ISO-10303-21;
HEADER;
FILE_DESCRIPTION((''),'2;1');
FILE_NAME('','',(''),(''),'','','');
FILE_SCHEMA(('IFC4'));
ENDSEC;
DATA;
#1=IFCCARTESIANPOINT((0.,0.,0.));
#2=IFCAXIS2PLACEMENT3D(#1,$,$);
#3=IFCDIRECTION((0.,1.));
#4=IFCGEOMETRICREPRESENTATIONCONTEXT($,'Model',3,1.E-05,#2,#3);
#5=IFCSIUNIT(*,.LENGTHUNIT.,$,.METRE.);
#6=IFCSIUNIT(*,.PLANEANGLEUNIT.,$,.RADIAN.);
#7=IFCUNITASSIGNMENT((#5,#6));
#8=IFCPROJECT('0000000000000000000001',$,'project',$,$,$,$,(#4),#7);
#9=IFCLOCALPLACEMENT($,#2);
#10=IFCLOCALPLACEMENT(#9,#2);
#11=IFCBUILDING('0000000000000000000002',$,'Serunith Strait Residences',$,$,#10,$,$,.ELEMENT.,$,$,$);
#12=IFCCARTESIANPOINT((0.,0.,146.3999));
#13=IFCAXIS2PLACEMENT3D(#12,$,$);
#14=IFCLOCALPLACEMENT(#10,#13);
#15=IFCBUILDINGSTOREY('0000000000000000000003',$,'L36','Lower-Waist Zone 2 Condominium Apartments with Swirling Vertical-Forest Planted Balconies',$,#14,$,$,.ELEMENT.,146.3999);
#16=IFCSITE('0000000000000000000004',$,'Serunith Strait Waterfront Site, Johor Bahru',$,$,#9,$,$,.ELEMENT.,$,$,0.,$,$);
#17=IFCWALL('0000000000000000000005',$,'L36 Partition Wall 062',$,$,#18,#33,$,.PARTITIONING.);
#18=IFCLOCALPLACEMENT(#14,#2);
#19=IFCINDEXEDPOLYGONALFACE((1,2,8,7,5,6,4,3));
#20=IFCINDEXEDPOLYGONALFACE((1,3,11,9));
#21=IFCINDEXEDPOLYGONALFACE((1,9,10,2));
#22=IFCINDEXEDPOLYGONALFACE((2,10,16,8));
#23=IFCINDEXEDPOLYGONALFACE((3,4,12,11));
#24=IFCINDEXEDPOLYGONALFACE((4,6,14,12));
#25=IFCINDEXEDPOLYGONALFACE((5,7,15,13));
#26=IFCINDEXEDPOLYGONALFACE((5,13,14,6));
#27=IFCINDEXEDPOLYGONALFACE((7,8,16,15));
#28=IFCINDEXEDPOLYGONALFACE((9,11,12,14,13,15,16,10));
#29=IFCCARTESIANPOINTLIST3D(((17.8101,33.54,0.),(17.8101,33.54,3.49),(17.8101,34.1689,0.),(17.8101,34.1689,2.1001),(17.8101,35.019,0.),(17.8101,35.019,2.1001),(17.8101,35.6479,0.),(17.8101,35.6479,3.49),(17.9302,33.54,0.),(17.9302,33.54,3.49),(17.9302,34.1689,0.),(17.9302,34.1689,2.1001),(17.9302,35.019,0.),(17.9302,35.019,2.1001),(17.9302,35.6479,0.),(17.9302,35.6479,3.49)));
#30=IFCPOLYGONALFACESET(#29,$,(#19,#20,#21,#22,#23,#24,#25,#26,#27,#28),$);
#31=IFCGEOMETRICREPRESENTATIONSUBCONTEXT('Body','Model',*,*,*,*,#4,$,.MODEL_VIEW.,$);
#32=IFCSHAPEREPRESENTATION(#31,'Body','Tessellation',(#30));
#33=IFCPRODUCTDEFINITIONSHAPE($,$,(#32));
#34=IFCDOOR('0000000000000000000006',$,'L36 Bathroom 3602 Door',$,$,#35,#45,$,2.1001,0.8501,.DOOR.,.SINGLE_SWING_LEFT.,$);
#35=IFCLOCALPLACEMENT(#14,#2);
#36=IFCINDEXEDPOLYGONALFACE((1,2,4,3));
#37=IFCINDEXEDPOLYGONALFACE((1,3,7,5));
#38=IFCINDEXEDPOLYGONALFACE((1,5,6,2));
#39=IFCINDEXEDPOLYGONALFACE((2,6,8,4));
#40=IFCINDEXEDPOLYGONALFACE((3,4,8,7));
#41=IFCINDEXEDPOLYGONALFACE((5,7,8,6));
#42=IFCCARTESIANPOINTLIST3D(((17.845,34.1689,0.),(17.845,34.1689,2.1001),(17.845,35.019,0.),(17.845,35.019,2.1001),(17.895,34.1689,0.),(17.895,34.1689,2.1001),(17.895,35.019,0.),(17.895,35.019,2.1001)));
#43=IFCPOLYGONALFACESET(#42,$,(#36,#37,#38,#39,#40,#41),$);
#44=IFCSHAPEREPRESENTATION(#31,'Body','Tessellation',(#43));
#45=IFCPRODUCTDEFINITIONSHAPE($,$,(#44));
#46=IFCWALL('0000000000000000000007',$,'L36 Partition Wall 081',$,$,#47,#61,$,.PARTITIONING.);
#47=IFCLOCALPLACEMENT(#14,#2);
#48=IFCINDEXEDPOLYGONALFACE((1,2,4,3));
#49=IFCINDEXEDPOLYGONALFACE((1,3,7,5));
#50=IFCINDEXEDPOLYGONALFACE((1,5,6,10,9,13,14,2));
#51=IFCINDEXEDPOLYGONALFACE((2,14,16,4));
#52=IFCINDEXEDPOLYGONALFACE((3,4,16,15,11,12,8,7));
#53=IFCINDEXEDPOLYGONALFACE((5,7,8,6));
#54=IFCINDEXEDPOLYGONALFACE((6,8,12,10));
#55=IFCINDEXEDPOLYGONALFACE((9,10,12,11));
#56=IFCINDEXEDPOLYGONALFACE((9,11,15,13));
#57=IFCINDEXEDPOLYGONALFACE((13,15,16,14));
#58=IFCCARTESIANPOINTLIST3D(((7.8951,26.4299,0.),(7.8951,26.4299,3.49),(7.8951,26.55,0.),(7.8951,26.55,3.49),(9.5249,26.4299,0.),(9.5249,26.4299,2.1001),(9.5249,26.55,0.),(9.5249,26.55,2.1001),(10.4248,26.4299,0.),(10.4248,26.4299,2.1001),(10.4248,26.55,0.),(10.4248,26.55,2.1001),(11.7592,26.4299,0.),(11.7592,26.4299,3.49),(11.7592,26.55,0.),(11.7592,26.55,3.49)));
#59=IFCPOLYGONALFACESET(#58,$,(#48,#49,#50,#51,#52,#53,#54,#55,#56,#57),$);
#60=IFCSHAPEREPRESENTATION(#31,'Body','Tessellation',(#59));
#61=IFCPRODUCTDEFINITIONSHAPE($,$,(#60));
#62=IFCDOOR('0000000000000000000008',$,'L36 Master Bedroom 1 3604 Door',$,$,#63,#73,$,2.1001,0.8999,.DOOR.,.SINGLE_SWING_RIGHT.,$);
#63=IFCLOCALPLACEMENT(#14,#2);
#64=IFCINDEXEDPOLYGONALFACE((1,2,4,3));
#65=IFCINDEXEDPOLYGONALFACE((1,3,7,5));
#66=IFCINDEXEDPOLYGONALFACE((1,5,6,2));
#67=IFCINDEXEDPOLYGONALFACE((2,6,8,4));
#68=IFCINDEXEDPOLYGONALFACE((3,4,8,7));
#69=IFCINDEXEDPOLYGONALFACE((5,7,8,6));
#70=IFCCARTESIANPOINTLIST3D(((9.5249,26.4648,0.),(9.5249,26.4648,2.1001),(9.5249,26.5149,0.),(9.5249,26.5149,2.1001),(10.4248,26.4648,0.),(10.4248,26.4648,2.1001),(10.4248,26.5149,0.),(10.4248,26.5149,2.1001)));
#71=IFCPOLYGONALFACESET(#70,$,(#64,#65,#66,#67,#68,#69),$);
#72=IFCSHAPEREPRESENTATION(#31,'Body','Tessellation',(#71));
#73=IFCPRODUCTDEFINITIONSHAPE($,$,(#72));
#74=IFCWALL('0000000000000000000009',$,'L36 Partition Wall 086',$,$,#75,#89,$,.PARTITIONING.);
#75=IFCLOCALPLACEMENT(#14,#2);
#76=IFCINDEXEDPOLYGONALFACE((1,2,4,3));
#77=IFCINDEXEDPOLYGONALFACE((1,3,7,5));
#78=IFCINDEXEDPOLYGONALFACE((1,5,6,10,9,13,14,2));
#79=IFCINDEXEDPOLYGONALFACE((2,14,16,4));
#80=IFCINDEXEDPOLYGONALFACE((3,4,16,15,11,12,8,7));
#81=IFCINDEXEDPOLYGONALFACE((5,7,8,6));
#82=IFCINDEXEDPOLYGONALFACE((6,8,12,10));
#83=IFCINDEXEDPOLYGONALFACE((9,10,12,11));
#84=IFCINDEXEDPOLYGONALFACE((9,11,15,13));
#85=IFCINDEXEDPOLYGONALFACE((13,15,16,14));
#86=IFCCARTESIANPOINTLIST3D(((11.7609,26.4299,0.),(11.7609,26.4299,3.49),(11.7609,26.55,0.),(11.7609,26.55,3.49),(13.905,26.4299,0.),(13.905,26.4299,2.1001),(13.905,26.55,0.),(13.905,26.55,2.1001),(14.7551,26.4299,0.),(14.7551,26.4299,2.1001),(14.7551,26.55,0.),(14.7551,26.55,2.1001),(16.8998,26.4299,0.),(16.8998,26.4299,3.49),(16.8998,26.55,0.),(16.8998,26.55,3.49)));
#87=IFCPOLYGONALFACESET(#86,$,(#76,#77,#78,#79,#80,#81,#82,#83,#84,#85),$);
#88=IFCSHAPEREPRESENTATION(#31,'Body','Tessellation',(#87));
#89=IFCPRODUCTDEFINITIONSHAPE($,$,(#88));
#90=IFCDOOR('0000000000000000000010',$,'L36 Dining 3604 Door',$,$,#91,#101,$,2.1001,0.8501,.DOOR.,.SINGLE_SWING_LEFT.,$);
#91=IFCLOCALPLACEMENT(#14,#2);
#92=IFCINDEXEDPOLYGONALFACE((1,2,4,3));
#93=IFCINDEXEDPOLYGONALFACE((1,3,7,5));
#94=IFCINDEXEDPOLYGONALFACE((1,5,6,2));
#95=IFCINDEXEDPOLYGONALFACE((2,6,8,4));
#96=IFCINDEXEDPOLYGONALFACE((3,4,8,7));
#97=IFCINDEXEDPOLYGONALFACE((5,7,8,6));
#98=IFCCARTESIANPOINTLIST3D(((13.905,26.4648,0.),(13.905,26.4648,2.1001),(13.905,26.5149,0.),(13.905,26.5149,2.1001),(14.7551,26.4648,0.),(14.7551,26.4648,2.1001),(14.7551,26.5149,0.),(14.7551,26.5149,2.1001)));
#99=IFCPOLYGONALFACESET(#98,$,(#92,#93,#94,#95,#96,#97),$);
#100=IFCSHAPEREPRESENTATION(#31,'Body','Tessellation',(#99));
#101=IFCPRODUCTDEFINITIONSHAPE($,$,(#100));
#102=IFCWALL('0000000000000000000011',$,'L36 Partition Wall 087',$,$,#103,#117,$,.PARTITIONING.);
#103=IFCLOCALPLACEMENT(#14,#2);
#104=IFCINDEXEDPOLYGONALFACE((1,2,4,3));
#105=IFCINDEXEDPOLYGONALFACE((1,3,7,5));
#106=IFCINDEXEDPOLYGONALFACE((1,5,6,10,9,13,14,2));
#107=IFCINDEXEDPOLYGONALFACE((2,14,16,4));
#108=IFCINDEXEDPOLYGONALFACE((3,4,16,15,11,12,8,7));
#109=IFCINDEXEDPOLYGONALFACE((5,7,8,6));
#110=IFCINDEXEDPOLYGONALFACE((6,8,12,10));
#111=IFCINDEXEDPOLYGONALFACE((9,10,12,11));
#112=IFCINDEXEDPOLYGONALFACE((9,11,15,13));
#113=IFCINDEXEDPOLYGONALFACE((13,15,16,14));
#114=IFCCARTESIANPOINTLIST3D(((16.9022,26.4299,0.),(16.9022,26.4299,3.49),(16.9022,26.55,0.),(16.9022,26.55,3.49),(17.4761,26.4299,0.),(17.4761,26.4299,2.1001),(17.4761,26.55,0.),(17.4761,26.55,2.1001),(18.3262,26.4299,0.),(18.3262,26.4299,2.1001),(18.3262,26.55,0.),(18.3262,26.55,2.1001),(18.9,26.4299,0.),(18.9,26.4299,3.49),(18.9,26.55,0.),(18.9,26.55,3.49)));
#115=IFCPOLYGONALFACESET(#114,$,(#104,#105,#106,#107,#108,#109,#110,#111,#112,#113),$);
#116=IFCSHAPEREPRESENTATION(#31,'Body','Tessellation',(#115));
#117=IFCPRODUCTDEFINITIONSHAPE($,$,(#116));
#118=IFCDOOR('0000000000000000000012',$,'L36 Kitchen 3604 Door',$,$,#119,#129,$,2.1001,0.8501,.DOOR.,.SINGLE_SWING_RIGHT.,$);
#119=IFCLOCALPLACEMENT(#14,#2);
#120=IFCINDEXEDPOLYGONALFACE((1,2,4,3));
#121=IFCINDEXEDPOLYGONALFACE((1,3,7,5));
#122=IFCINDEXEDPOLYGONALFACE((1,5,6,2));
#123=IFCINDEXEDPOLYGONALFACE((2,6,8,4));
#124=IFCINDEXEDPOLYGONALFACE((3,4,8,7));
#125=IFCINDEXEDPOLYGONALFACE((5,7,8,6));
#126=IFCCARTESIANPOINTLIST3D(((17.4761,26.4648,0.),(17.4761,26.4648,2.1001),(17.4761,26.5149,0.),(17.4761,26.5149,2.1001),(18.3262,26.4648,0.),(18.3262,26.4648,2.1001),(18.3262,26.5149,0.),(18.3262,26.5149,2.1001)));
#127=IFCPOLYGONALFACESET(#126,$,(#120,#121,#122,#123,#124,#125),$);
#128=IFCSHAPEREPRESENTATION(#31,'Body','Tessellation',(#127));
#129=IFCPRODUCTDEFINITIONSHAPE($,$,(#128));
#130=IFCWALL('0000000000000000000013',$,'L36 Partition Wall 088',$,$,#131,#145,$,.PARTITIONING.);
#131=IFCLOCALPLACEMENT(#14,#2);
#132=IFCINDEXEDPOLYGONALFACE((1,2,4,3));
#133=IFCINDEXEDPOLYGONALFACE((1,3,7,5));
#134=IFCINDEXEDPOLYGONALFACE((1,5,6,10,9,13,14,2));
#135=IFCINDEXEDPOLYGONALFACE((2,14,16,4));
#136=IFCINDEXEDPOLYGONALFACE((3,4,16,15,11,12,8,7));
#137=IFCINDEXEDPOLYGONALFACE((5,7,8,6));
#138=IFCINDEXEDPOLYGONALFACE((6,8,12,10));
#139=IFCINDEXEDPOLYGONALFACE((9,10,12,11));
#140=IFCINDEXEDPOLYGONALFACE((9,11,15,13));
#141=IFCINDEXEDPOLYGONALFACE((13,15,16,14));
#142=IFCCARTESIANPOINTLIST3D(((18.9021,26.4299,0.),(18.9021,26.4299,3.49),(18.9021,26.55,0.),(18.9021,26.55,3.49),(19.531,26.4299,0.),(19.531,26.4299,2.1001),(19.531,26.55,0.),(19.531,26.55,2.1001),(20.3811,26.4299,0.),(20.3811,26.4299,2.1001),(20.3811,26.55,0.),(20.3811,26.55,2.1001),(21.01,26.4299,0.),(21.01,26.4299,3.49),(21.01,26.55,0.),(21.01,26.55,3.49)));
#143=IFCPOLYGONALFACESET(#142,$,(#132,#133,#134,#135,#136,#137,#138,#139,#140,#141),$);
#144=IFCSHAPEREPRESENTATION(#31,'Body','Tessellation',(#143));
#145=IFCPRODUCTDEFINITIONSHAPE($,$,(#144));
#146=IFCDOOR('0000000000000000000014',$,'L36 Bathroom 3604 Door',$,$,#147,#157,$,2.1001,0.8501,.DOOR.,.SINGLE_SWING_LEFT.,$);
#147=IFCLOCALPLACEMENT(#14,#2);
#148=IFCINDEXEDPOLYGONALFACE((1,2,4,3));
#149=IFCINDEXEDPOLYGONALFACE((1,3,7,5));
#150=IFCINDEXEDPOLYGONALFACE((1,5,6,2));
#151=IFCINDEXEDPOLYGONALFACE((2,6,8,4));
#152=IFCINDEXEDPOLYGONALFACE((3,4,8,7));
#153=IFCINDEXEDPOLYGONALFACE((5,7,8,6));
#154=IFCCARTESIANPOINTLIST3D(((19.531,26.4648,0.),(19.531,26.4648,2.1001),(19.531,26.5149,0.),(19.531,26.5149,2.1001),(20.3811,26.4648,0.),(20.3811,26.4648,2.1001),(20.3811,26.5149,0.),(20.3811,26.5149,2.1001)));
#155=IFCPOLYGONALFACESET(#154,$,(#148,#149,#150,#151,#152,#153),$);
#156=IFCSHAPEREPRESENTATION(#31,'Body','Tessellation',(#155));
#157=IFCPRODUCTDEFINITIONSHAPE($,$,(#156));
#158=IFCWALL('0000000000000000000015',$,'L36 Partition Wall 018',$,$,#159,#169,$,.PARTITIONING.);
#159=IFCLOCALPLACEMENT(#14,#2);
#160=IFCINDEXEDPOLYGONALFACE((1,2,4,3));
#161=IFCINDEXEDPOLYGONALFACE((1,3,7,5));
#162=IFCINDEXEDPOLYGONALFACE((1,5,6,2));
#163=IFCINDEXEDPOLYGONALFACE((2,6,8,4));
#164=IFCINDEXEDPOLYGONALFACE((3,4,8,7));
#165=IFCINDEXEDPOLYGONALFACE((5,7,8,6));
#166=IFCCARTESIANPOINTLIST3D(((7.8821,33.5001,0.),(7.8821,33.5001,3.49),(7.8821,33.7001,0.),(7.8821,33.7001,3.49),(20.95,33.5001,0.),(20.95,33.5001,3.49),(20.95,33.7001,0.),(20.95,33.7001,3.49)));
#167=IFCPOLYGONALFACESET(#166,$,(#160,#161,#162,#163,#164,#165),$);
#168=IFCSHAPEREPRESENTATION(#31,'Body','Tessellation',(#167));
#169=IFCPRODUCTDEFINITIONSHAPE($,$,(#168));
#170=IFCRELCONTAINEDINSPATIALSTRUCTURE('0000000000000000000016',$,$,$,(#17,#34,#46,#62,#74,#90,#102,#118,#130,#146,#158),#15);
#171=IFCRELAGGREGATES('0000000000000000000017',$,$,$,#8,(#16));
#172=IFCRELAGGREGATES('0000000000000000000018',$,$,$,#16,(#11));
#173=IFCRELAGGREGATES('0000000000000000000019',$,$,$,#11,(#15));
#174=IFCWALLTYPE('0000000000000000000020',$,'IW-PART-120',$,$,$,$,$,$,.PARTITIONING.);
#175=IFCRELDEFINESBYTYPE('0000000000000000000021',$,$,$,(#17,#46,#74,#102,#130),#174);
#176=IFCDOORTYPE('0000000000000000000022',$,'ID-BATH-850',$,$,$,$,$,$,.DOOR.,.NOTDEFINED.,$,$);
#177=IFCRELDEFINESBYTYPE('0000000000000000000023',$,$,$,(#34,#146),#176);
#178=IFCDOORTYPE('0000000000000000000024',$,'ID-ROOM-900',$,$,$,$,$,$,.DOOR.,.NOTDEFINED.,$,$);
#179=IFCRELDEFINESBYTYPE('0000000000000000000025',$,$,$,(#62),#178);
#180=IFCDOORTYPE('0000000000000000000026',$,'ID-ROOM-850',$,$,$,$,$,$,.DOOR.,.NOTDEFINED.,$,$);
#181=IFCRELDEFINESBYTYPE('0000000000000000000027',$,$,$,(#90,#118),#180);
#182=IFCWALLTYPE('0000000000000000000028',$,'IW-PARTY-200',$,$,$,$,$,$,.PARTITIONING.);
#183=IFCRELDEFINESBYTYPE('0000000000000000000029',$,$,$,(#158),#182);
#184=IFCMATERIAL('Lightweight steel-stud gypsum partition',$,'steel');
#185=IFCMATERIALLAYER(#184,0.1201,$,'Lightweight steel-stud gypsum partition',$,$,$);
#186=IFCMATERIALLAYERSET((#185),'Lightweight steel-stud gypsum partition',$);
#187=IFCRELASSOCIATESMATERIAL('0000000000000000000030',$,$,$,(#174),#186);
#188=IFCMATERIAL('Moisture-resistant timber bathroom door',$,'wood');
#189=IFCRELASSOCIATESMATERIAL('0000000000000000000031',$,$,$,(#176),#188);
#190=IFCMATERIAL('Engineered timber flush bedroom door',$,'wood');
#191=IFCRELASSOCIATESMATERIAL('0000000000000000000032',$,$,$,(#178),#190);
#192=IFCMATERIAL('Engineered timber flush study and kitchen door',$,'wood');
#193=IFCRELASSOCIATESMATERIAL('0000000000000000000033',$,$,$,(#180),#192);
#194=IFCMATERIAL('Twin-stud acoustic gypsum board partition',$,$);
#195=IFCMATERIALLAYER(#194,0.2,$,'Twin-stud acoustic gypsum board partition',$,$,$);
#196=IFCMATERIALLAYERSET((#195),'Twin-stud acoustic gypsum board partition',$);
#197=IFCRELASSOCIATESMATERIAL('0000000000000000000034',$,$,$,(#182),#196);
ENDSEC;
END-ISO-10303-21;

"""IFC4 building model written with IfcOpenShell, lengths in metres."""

from ifc_helpers import new_model, si_unit, direction, frame, frame_2d, origin, place, context, subcontext, project, spatial, rectangle, extrude, source, transform, mapped, material, layer, layer_set, type_object, element, fill, save


model = new_model("IFC4")

# Units and contexts
model_context = context("Model", 3, precision=1e-05, world=origin(), true_north=direction((0.0, 1.0)))
body_context = subcontext(model_context, "Body", "Model", "MODEL_VIEW")
ifc_project = project(units=[si_unit("LENGTHUNIT", "METRE"), si_unit("PLANEANGLEUNIT", "RADIAN")], contexts=[model_context])

# Site, building, storey
site_placement = place(None, origin())
site = spatial("IfcSite", under=ifc_project, at=site_placement, Name="Serunith Strait Waterfront Site, Johor Bahru", CompositionType="ELEMENT", RefElevation=0.0)
building_placement = place(site_placement, origin())
building = spatial("IfcBuilding", under=site, at=building_placement, Name="Serunith Strait Residences", CompositionType="ELEMENT")
storey_placement = place(building_placement, frame((0.0, 0.0, 146.3999)))
storey = spatial("IfcBuildingStorey", under=building, at=storey_placement, Name="L36", Description="Lower-Waist Zone 2 Condominium Apartments with Swirling Vertical-Forest Planted Balconies", CompositionType="ELEMENT", Elevation=146.3999)

# Walls, openings, doors
ifc_material_1 = material(Name="Lightweight steel-stud gypsum partition", Category="steel")
ifc_layer_1 = layer(ifc_material_1, 0.1201, Name="Lightweight steel-stud gypsum partition")
ifc_layer_set_1 = layer_set([ifc_layer_1], Name="Lightweight steel-stud gypsum partition")
wall_type_1 = type_object("IfcWallType", Name="IW-PART-120", PredefinedType="PARTITIONING", material=ifc_layer_set_1)
wall_1_placement = place(storey_placement, frame((17.8701, 35.6479, 0.0), z_axis=(0.0, 0.0, 1.0), x_axis=(0.0, -1.0, 0.0)))
wall_1 = element("IfcWall", 1, at=wall_1_placement, inside=storey, type_object=wall_type_1, Name="L36 Partition Wall 062", PredefinedType="PARTITIONING", context=body_context, shape_type="SweptSolid", body=[
    extrude(rectangle(XDim=2.1079, YDim=0.1201, at=frame_2d((1.054, 0.0))), origin(), (0.0, 0.0, 1.0), 3.49),
])
opening_1_placement = place(wall_1_placement, frame((0.6289, 0.0, 0.0)))
opening_1 = element("IfcOpeningElement", 2, at=opening_1_placement, cuts=wall_1, PredefinedType="OPENING", context=body_context, shape_type="SweptSolid", body=[
    extrude(rectangle(XDim=0.8501, YDim=2.1001, at=frame_2d((0.425, 1.05))), frame((0.0, 0.0701, 0.0), z_axis=(0.0, -1.0, 0.0), x_axis=(1.0, 0.0, 0.0)), (0.0, 0.0, 1.0), 0.1401),
])
ifc_material_2 = material(Name="Moisture-resistant timber bathroom door", Category="wood")
door_type_1 = type_object("IfcDoorType", Name="ID-BATH-850", OperationType="NOTDEFINED", PredefinedType="DOOR", material=ifc_material_2)
shared_shape_1 = source(origin(), body_context, "Body", "SweptSolid", [
    extrude(rectangle(XDim=0.8501, YDim=2.1001, at=frame_2d((0.425, 1.05))), frame((0.0, 0.0249, 0.0), z_axis=(0.0, -1.0, 0.0), x_axis=(1.0, 0.0, 0.0)), (0.0, 0.0, 1.0), 0.05),
])
door_1_placement = place(opening_1_placement, origin())
door_1 = element("IfcDoor", 3, at=door_1_placement, inside=storey, type_object=door_type_1, Name="L36 Bathroom 3602 Door", OperationType="SINGLE_SWING_LEFT", OverallHeight=2.1001, OverallWidth=0.8501, PredefinedType="DOOR", context=body_context, shape_type="MappedRepresentation", body=[
    mapped(shared_shape_1, transform((0.0, 0.0, 0.0), scale=1.0)),
])
fill(opening_1, door_1)
wall_2_placement = place(storey_placement, frame((7.895, 26.49, 0.0), z_axis=(0.0, 0.0, 1.0), x_axis=(1.0, 0.0, 0.0)))
wall_2 = element("IfcWall", 4, at=wall_2_placement, inside=storey, type_object=wall_type_1, Name="L36 Partition Wall 081", PredefinedType="PARTITIONING", context=body_context, shape_type="SweptSolid", body=[
    extrude(rectangle(XDim=3.864, YDim=0.1201, at=frame_2d((1.9321, 0.0))), origin(), (0.0, 0.0, 1.0), 3.49),
])
opening_2_placement = place(wall_2_placement, frame((1.6299, 0.0, 0.0)))
opening_2 = element("IfcOpeningElement", 5, at=opening_2_placement, cuts=wall_2, PredefinedType="OPENING", context=body_context, shape_type="SweptSolid", body=[
    extrude(rectangle(XDim=0.8999, YDim=2.1001, at=frame_2d((0.45, 1.05))), frame((0.0, 0.0701, 0.0), z_axis=(0.0, -1.0, 0.0), x_axis=(1.0, 0.0, 0.0)), (0.0, 0.0, 1.0), 0.1401),
])
ifc_material_3 = material(Name="Engineered timber flush bedroom door", Category="wood")
door_type_2 = type_object("IfcDoorType", Name="ID-ROOM-900", OperationType="NOTDEFINED", PredefinedType="DOOR", material=ifc_material_3)
shared_shape_2 = source(origin(), body_context, "Body", "SweptSolid", [
    extrude(rectangle(XDim=0.8999, YDim=2.1001, at=frame_2d((0.45, 1.05))), frame((0.0, 0.0249, 0.0), z_axis=(0.0, -1.0, 0.0), x_axis=(1.0, 0.0, 0.0)), (0.0, 0.0, 1.0), 0.05),
])
door_2_placement = place(opening_2_placement, origin())
door_2 = element("IfcDoor", 6, at=door_2_placement, inside=storey, type_object=door_type_2, Name="L36 Master Bedroom 1 3604 Door", OperationType="SINGLE_SWING_RIGHT", OverallHeight=2.1001, OverallWidth=0.8999, PredefinedType="DOOR", context=body_context, shape_type="MappedRepresentation", body=[
    mapped(shared_shape_2, transform((0.0, 0.0, 0.0), scale=1.0)),
])
fill(opening_2, door_2)
wall_3_placement = place(storey_placement, frame((11.761, 26.49, 0.0), z_axis=(0.0, 0.0, 1.0), x_axis=(1.0, 0.0, 0.0)))
wall_3 = element("IfcWall", 7, at=wall_3_placement, inside=storey, type_object=wall_type_1, Name="L36 Partition Wall 086", PredefinedType="PARTITIONING", context=body_context, shape_type="SweptSolid", body=[
    extrude(rectangle(XDim=5.1389, YDim=0.1201, at=frame_2d((2.5693, 0.0))), origin(), (0.0, 0.0, 1.0), 3.49),
])
opening_3_placement = place(wall_3_placement, frame((2.144, 0.0, 0.0)))
opening_3 = element("IfcOpeningElement", 8, at=opening_3_placement, cuts=wall_3, PredefinedType="OPENING", context=body_context, shape_type="SweptSolid", body=[
    extrude(rectangle(XDim=0.8501, YDim=2.1001, at=frame_2d((0.425, 1.05))), frame((0.0, 0.0701, 0.0), z_axis=(0.0, -1.0, 0.0), x_axis=(1.0, 0.0, 0.0)), (0.0, 0.0, 1.0), 0.1401),
])
ifc_material_4 = material(Name="Engineered timber flush study and kitchen door", Category="wood")
door_type_3 = type_object("IfcDoorType", Name="ID-ROOM-850", OperationType="NOTDEFINED", PredefinedType="DOOR", material=ifc_material_4)
door_3_placement = place(opening_3_placement, origin())
door_3 = element("IfcDoor", 9, at=door_3_placement, inside=storey, type_object=door_type_3, Name="L36 Dining 3604 Door", OperationType="SINGLE_SWING_LEFT", OverallHeight=2.1001, OverallWidth=0.8501, PredefinedType="DOOR", context=body_context, shape_type="MappedRepresentation", body=[
    mapped(shared_shape_1, transform((0.0, 0.0, 0.0), scale=1.0)),
])
fill(opening_3, door_3)
wall_4_placement = place(storey_placement, frame((16.9021, 26.49, 0.0), z_axis=(0.0, 0.0, 1.0), x_axis=(1.0, 0.0, 0.0)))
wall_4 = element("IfcWall", 10, at=wall_4_placement, inside=storey, type_object=wall_type_1, Name="L36 Partition Wall 087", PredefinedType="PARTITIONING", context=body_context, shape_type="SweptSolid", body=[
    extrude(rectangle(XDim=1.9978, YDim=0.1201, at=frame_2d((0.999, 0.0))), origin(), (0.0, 0.0, 1.0), 3.49),
])
opening_4_placement = place(wall_4_placement, frame((0.574, 0.0, 0.0)))
opening_4 = element("IfcOpeningElement", 11, at=opening_4_placement, cuts=wall_4, PredefinedType="OPENING", context=body_context, shape_type="SweptSolid", body=[
    extrude(rectangle(XDim=0.8501, YDim=2.1001, at=frame_2d((0.425, 1.05))), frame((0.0, 0.0701, 0.0), z_axis=(0.0, -1.0, 0.0), x_axis=(1.0, 0.0, 0.0)), (0.0, 0.0, 1.0), 0.1401),
])
door_4_placement = place(opening_4_placement, origin())
door_4 = element("IfcDoor", 12, at=door_4_placement, inside=storey, type_object=door_type_3, Name="L36 Kitchen 3604 Door", OperationType="SINGLE_SWING_RIGHT", OverallHeight=2.1001, OverallWidth=0.8501, PredefinedType="DOOR", context=body_context, shape_type="MappedRepresentation", body=[
    mapped(shared_shape_1, transform((0.0, 0.0, 0.0), scale=1.0)),
])
fill(opening_4, door_4)
wall_5_placement = place(storey_placement, frame((18.9021, 26.49, 0.0), z_axis=(0.0, 0.0, 1.0), x_axis=(1.0, 0.0, 0.0)))
wall_5 = element("IfcWall", 13, at=wall_5_placement, inside=storey, type_object=wall_type_1, Name="L36 Partition Wall 088", PredefinedType="PARTITIONING", context=body_context, shape_type="SweptSolid", body=[
    extrude(rectangle(XDim=2.1079, YDim=0.1201, at=frame_2d((1.054, 0.0))), origin(), (0.0, 0.0, 1.0), 3.49),
])
opening_5_placement = place(wall_5_placement, frame((0.6289, 0.0, 0.0)))
opening_5 = element("IfcOpeningElement", 14, at=opening_5_placement, cuts=wall_5, PredefinedType="OPENING", context=body_context, shape_type="SweptSolid", body=[
    extrude(rectangle(XDim=0.8501, YDim=2.1001, at=frame_2d((0.425, 1.05))), frame((0.0, 0.0701, 0.0), z_axis=(0.0, -1.0, 0.0), x_axis=(1.0, 0.0, 0.0)), (0.0, 0.0, 1.0), 0.1401),
])
door_5_placement = place(opening_5_placement, origin())
door_5 = element("IfcDoor", 15, at=door_5_placement, inside=storey, type_object=door_type_1, Name="L36 Bathroom 3604 Door", OperationType="SINGLE_SWING_LEFT", OverallHeight=2.1001, OverallWidth=0.8501, PredefinedType="DOOR", context=body_context, shape_type="MappedRepresentation", body=[
    mapped(shared_shape_1, transform((0.0, 0.0, 0.0), scale=1.0)),
])
fill(opening_5, door_5)

# Wall
ifc_material_5 = material(Name="Twin-stud acoustic gypsum board partition")
ifc_layer_2 = layer(ifc_material_5, 0.2, Name="Twin-stud acoustic gypsum board partition")
ifc_layer_set_2 = layer_set([ifc_layer_2], Name="Twin-stud acoustic gypsum board partition")
wall_type_2 = type_object("IfcWallType", Name="IW-PARTY-200", PredefinedType="PARTITIONING", material=ifc_layer_set_2)
wall_6_placement = place(storey_placement, frame((7.8821, 33.6001, 0.0), z_axis=(0.0, 0.0, 1.0), x_axis=(1.0, 0.0, 0.0)))
element("IfcWall", 16, at=wall_6_placement, inside=storey, type_object=wall_type_2, Name="L36 Partition Wall 018", PredefinedType="PARTITIONING", context=body_context, shape_type="SweptSolid", body=[
    extrude(rectangle(XDim=13.0679, YDim=0.2, at=frame_2d((6.5339, 0.0))), origin(), (0.0, 0.0, 1.0), 3.49),
])

save(model, "model.ifc")
